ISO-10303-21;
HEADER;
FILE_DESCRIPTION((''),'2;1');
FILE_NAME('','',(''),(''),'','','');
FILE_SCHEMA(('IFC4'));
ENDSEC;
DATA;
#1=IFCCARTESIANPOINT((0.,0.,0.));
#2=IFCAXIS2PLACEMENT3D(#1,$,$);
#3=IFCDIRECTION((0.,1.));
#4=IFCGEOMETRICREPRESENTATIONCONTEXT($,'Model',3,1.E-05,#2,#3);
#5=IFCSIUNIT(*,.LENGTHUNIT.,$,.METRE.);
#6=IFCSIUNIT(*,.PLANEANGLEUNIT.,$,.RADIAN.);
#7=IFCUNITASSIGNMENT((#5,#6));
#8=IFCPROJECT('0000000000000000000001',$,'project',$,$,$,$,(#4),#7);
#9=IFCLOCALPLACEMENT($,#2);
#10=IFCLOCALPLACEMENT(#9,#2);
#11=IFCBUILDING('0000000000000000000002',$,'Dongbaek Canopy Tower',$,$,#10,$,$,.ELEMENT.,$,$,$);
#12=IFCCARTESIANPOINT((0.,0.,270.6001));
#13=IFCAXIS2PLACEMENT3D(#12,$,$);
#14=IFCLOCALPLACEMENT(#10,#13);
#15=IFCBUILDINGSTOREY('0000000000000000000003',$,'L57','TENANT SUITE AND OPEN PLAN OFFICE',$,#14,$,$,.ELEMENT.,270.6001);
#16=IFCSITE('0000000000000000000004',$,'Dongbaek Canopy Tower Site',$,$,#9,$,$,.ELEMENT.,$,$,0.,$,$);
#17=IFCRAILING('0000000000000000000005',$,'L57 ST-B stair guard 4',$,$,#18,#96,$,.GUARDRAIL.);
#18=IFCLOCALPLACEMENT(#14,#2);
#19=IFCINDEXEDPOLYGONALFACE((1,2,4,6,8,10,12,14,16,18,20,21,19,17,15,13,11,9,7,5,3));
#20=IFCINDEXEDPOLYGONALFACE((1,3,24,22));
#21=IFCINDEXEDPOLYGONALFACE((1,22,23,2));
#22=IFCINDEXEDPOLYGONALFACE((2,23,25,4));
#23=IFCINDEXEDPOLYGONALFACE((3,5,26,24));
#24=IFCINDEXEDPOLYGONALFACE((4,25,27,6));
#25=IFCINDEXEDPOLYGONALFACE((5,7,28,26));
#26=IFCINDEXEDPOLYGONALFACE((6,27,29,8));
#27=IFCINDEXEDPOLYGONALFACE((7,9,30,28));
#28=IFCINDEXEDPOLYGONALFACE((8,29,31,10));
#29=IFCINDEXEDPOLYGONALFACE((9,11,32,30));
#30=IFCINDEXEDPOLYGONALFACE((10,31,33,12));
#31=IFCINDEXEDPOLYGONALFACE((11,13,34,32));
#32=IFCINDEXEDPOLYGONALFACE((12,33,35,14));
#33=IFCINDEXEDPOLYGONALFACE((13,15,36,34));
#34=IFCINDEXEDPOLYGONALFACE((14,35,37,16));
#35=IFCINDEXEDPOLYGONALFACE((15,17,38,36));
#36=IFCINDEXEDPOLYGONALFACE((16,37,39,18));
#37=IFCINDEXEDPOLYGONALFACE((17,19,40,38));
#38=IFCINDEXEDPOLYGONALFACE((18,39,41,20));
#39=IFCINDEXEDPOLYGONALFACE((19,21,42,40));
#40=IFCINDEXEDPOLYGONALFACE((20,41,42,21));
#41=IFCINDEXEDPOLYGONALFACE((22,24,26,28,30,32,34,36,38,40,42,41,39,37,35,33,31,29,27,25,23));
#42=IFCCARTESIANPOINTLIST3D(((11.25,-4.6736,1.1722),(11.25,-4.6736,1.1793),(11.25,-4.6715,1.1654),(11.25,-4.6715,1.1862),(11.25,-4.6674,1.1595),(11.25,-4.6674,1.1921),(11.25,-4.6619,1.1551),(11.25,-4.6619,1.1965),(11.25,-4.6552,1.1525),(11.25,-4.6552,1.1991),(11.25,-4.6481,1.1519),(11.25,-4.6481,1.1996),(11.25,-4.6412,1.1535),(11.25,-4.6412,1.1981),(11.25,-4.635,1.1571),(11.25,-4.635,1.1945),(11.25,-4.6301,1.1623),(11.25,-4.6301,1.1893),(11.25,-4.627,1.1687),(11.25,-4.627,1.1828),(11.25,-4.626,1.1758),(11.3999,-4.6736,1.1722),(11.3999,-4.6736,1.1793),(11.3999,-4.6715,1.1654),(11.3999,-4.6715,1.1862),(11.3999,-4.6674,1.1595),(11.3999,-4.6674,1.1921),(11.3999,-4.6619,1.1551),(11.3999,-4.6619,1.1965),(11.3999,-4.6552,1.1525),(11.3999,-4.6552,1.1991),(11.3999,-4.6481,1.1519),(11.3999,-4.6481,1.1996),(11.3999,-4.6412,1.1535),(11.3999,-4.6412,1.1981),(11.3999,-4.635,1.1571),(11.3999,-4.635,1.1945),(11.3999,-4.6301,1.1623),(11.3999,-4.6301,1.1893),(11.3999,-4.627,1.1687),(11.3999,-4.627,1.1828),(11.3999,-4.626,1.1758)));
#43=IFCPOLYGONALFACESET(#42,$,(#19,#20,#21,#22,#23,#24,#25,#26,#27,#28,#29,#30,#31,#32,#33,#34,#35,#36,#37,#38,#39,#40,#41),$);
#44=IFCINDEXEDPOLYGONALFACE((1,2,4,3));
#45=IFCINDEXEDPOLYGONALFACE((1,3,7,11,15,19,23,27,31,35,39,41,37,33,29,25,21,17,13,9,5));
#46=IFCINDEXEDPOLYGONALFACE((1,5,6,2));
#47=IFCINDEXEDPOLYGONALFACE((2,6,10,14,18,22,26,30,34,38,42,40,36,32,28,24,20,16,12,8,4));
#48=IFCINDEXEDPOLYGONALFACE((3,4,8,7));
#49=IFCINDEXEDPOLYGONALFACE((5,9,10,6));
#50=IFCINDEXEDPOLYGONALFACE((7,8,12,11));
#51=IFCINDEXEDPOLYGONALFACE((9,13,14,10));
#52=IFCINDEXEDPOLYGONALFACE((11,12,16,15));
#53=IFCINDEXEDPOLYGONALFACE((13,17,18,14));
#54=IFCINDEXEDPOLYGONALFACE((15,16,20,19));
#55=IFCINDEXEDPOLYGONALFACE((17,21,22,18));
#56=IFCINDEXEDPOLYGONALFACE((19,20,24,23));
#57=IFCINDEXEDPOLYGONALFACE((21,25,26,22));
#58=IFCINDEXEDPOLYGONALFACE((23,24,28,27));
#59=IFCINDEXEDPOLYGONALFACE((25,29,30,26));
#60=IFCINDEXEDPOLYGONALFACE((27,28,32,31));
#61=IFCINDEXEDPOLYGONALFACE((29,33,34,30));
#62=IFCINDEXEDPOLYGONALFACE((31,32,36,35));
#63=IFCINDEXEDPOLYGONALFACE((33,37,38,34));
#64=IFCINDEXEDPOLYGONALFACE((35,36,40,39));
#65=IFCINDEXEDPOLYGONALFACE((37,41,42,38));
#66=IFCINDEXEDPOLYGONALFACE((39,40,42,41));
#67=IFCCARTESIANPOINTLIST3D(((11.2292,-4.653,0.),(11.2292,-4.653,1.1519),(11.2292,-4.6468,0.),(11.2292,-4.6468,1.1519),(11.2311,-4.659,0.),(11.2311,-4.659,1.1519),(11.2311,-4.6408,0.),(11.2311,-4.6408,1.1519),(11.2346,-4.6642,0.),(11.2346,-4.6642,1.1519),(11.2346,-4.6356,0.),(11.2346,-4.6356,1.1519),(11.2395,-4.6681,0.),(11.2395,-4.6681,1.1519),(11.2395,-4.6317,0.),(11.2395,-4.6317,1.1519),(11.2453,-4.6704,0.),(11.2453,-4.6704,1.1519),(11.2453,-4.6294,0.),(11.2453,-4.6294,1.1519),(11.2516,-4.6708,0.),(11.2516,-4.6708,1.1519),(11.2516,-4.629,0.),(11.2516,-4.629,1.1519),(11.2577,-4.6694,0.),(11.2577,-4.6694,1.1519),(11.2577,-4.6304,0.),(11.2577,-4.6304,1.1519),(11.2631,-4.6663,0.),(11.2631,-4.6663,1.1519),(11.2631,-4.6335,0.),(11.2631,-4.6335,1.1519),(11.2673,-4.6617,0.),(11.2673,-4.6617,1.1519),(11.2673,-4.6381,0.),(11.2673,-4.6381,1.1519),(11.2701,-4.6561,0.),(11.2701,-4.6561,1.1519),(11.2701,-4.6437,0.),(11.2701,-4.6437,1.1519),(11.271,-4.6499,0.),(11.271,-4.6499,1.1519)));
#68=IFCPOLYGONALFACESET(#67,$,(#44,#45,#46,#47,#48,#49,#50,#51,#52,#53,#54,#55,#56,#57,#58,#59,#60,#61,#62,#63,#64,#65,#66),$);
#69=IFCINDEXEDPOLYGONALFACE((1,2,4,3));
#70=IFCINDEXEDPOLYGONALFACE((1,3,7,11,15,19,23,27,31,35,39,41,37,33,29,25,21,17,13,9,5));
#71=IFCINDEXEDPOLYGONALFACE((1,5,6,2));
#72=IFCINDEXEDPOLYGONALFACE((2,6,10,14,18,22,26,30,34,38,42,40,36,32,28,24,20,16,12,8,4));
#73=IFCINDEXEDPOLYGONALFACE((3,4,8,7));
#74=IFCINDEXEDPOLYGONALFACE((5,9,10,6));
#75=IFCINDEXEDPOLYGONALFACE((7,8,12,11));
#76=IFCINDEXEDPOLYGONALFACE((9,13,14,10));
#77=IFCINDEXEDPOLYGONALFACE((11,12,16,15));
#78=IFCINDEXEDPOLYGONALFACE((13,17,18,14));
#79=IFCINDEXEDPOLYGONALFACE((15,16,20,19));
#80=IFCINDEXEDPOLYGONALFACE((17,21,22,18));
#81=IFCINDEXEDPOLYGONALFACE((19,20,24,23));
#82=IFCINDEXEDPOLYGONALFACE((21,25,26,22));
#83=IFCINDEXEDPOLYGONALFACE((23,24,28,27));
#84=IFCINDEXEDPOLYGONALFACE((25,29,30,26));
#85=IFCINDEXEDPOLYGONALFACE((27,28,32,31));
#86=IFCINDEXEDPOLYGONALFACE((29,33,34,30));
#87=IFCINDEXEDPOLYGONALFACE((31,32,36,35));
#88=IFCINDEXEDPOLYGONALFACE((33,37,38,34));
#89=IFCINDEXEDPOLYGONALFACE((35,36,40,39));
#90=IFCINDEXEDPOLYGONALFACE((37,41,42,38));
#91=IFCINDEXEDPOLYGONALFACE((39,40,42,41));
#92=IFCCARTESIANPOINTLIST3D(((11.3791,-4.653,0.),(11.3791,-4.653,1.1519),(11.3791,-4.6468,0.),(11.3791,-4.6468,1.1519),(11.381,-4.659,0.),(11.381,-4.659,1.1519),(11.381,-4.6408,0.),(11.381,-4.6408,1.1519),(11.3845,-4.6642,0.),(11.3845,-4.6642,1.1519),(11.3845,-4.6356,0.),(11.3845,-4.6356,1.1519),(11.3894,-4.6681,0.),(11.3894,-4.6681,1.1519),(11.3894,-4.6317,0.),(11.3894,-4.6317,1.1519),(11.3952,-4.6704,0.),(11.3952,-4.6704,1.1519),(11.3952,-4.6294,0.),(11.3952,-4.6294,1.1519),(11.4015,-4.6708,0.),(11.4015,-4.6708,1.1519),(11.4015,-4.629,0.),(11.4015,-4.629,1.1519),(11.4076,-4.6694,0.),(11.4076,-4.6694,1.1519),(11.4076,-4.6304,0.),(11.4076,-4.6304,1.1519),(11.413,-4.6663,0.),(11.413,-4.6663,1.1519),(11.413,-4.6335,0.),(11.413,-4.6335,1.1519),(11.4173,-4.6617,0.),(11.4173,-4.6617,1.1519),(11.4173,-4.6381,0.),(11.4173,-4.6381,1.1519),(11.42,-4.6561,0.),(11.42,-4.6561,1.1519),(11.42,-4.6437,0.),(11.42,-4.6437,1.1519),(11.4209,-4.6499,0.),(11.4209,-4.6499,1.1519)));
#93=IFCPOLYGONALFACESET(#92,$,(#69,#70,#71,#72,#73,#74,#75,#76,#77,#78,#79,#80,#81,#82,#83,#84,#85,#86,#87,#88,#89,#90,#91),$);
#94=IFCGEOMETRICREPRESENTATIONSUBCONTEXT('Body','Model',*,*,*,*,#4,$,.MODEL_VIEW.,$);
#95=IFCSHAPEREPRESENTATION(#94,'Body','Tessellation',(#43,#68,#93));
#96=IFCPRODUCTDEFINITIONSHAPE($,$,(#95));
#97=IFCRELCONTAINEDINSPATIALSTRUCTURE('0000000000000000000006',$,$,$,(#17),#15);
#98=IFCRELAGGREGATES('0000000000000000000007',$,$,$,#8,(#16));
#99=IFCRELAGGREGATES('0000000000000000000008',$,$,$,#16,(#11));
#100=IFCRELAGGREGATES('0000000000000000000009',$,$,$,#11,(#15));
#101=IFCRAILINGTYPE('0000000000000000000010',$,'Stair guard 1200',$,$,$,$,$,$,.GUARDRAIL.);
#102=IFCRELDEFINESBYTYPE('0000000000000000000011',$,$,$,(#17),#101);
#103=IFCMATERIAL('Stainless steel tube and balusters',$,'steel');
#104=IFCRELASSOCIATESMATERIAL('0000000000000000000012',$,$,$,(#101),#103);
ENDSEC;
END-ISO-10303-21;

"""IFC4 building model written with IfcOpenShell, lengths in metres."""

from ifc_helpers import new_model, si_unit, direction, frame, origin, origin_2d, place, context, subcontext, project, spatial, circle, extrude, material, type_object, element, save


model = new_model("IFC4")

# Units and contexts
model_context = context("Model", 3, precision=1e-05, world=origin(), true_north=direction((0.0, 1.0)))
body_context = subcontext(model_context, "Body", "Model", "MODEL_VIEW")
ifc_project = project(units=[si_unit("LENGTHUNIT", "METRE"), si_unit("PLANEANGLEUNIT", "RADIAN")], contexts=[model_context])

# Site, building, storey
site_placement = place(None, origin())
site = spatial("IfcSite", under=ifc_project, at=site_placement, Name="Dongbaek Canopy Tower Site", CompositionType="ELEMENT", RefElevation=0.0)
building_placement = place(site_placement, origin())
building = spatial("IfcBuilding", under=site, at=building_placement, Name="Dongbaek Canopy Tower", CompositionType="ELEMENT")
storey_placement = place(building_placement, frame((0.0, 0.0, 270.6001)))
storey = spatial("IfcBuildingStorey", under=building, at=storey_placement, Name="L57", Description="TENANT SUITE AND OPEN PLAN OFFICE", CompositionType="ELEMENT", Elevation=270.6001)

# Railing
ifc_material_1 = material(Name="Stainless steel tube and balusters", Category="steel")
railing_type_1 = type_object("IfcRailingType", Name="Stair guard 1200", PredefinedType="GUARDRAIL", material=ifc_material_1)
railing_1_placement = place(storey_placement, frame((11.25, -4.6499, 0.0)))
element("IfcRailing", 1, at=railing_1_placement, inside=storey, type_object=railing_type_1, Name="L57 ST-B stair guard 4", PredefinedType="GUARDRAIL", context=body_context, shape_type="SweptSolid", body=[
    extrude(circle(Radius=0.0239, at=origin_2d()), frame((0.0, 0.0, 1.1758), z_axis=(1.0, 0.0, 0.0), x_axis=(0.0, 1.0, 0.0)), (0.0, 0.0, 1.0), 0.1499),
    extrude(circle(Radius=0.021, at=origin_2d()), origin(), (0.0, 0.0, 1.0), 1.1519),
    extrude(circle(Radius=0.021, at=origin_2d()), frame((0.1499, 0.0, 0.0)), (0.0, 0.0, 1.0), 1.1519),
])

save(model, "model.ifc")
